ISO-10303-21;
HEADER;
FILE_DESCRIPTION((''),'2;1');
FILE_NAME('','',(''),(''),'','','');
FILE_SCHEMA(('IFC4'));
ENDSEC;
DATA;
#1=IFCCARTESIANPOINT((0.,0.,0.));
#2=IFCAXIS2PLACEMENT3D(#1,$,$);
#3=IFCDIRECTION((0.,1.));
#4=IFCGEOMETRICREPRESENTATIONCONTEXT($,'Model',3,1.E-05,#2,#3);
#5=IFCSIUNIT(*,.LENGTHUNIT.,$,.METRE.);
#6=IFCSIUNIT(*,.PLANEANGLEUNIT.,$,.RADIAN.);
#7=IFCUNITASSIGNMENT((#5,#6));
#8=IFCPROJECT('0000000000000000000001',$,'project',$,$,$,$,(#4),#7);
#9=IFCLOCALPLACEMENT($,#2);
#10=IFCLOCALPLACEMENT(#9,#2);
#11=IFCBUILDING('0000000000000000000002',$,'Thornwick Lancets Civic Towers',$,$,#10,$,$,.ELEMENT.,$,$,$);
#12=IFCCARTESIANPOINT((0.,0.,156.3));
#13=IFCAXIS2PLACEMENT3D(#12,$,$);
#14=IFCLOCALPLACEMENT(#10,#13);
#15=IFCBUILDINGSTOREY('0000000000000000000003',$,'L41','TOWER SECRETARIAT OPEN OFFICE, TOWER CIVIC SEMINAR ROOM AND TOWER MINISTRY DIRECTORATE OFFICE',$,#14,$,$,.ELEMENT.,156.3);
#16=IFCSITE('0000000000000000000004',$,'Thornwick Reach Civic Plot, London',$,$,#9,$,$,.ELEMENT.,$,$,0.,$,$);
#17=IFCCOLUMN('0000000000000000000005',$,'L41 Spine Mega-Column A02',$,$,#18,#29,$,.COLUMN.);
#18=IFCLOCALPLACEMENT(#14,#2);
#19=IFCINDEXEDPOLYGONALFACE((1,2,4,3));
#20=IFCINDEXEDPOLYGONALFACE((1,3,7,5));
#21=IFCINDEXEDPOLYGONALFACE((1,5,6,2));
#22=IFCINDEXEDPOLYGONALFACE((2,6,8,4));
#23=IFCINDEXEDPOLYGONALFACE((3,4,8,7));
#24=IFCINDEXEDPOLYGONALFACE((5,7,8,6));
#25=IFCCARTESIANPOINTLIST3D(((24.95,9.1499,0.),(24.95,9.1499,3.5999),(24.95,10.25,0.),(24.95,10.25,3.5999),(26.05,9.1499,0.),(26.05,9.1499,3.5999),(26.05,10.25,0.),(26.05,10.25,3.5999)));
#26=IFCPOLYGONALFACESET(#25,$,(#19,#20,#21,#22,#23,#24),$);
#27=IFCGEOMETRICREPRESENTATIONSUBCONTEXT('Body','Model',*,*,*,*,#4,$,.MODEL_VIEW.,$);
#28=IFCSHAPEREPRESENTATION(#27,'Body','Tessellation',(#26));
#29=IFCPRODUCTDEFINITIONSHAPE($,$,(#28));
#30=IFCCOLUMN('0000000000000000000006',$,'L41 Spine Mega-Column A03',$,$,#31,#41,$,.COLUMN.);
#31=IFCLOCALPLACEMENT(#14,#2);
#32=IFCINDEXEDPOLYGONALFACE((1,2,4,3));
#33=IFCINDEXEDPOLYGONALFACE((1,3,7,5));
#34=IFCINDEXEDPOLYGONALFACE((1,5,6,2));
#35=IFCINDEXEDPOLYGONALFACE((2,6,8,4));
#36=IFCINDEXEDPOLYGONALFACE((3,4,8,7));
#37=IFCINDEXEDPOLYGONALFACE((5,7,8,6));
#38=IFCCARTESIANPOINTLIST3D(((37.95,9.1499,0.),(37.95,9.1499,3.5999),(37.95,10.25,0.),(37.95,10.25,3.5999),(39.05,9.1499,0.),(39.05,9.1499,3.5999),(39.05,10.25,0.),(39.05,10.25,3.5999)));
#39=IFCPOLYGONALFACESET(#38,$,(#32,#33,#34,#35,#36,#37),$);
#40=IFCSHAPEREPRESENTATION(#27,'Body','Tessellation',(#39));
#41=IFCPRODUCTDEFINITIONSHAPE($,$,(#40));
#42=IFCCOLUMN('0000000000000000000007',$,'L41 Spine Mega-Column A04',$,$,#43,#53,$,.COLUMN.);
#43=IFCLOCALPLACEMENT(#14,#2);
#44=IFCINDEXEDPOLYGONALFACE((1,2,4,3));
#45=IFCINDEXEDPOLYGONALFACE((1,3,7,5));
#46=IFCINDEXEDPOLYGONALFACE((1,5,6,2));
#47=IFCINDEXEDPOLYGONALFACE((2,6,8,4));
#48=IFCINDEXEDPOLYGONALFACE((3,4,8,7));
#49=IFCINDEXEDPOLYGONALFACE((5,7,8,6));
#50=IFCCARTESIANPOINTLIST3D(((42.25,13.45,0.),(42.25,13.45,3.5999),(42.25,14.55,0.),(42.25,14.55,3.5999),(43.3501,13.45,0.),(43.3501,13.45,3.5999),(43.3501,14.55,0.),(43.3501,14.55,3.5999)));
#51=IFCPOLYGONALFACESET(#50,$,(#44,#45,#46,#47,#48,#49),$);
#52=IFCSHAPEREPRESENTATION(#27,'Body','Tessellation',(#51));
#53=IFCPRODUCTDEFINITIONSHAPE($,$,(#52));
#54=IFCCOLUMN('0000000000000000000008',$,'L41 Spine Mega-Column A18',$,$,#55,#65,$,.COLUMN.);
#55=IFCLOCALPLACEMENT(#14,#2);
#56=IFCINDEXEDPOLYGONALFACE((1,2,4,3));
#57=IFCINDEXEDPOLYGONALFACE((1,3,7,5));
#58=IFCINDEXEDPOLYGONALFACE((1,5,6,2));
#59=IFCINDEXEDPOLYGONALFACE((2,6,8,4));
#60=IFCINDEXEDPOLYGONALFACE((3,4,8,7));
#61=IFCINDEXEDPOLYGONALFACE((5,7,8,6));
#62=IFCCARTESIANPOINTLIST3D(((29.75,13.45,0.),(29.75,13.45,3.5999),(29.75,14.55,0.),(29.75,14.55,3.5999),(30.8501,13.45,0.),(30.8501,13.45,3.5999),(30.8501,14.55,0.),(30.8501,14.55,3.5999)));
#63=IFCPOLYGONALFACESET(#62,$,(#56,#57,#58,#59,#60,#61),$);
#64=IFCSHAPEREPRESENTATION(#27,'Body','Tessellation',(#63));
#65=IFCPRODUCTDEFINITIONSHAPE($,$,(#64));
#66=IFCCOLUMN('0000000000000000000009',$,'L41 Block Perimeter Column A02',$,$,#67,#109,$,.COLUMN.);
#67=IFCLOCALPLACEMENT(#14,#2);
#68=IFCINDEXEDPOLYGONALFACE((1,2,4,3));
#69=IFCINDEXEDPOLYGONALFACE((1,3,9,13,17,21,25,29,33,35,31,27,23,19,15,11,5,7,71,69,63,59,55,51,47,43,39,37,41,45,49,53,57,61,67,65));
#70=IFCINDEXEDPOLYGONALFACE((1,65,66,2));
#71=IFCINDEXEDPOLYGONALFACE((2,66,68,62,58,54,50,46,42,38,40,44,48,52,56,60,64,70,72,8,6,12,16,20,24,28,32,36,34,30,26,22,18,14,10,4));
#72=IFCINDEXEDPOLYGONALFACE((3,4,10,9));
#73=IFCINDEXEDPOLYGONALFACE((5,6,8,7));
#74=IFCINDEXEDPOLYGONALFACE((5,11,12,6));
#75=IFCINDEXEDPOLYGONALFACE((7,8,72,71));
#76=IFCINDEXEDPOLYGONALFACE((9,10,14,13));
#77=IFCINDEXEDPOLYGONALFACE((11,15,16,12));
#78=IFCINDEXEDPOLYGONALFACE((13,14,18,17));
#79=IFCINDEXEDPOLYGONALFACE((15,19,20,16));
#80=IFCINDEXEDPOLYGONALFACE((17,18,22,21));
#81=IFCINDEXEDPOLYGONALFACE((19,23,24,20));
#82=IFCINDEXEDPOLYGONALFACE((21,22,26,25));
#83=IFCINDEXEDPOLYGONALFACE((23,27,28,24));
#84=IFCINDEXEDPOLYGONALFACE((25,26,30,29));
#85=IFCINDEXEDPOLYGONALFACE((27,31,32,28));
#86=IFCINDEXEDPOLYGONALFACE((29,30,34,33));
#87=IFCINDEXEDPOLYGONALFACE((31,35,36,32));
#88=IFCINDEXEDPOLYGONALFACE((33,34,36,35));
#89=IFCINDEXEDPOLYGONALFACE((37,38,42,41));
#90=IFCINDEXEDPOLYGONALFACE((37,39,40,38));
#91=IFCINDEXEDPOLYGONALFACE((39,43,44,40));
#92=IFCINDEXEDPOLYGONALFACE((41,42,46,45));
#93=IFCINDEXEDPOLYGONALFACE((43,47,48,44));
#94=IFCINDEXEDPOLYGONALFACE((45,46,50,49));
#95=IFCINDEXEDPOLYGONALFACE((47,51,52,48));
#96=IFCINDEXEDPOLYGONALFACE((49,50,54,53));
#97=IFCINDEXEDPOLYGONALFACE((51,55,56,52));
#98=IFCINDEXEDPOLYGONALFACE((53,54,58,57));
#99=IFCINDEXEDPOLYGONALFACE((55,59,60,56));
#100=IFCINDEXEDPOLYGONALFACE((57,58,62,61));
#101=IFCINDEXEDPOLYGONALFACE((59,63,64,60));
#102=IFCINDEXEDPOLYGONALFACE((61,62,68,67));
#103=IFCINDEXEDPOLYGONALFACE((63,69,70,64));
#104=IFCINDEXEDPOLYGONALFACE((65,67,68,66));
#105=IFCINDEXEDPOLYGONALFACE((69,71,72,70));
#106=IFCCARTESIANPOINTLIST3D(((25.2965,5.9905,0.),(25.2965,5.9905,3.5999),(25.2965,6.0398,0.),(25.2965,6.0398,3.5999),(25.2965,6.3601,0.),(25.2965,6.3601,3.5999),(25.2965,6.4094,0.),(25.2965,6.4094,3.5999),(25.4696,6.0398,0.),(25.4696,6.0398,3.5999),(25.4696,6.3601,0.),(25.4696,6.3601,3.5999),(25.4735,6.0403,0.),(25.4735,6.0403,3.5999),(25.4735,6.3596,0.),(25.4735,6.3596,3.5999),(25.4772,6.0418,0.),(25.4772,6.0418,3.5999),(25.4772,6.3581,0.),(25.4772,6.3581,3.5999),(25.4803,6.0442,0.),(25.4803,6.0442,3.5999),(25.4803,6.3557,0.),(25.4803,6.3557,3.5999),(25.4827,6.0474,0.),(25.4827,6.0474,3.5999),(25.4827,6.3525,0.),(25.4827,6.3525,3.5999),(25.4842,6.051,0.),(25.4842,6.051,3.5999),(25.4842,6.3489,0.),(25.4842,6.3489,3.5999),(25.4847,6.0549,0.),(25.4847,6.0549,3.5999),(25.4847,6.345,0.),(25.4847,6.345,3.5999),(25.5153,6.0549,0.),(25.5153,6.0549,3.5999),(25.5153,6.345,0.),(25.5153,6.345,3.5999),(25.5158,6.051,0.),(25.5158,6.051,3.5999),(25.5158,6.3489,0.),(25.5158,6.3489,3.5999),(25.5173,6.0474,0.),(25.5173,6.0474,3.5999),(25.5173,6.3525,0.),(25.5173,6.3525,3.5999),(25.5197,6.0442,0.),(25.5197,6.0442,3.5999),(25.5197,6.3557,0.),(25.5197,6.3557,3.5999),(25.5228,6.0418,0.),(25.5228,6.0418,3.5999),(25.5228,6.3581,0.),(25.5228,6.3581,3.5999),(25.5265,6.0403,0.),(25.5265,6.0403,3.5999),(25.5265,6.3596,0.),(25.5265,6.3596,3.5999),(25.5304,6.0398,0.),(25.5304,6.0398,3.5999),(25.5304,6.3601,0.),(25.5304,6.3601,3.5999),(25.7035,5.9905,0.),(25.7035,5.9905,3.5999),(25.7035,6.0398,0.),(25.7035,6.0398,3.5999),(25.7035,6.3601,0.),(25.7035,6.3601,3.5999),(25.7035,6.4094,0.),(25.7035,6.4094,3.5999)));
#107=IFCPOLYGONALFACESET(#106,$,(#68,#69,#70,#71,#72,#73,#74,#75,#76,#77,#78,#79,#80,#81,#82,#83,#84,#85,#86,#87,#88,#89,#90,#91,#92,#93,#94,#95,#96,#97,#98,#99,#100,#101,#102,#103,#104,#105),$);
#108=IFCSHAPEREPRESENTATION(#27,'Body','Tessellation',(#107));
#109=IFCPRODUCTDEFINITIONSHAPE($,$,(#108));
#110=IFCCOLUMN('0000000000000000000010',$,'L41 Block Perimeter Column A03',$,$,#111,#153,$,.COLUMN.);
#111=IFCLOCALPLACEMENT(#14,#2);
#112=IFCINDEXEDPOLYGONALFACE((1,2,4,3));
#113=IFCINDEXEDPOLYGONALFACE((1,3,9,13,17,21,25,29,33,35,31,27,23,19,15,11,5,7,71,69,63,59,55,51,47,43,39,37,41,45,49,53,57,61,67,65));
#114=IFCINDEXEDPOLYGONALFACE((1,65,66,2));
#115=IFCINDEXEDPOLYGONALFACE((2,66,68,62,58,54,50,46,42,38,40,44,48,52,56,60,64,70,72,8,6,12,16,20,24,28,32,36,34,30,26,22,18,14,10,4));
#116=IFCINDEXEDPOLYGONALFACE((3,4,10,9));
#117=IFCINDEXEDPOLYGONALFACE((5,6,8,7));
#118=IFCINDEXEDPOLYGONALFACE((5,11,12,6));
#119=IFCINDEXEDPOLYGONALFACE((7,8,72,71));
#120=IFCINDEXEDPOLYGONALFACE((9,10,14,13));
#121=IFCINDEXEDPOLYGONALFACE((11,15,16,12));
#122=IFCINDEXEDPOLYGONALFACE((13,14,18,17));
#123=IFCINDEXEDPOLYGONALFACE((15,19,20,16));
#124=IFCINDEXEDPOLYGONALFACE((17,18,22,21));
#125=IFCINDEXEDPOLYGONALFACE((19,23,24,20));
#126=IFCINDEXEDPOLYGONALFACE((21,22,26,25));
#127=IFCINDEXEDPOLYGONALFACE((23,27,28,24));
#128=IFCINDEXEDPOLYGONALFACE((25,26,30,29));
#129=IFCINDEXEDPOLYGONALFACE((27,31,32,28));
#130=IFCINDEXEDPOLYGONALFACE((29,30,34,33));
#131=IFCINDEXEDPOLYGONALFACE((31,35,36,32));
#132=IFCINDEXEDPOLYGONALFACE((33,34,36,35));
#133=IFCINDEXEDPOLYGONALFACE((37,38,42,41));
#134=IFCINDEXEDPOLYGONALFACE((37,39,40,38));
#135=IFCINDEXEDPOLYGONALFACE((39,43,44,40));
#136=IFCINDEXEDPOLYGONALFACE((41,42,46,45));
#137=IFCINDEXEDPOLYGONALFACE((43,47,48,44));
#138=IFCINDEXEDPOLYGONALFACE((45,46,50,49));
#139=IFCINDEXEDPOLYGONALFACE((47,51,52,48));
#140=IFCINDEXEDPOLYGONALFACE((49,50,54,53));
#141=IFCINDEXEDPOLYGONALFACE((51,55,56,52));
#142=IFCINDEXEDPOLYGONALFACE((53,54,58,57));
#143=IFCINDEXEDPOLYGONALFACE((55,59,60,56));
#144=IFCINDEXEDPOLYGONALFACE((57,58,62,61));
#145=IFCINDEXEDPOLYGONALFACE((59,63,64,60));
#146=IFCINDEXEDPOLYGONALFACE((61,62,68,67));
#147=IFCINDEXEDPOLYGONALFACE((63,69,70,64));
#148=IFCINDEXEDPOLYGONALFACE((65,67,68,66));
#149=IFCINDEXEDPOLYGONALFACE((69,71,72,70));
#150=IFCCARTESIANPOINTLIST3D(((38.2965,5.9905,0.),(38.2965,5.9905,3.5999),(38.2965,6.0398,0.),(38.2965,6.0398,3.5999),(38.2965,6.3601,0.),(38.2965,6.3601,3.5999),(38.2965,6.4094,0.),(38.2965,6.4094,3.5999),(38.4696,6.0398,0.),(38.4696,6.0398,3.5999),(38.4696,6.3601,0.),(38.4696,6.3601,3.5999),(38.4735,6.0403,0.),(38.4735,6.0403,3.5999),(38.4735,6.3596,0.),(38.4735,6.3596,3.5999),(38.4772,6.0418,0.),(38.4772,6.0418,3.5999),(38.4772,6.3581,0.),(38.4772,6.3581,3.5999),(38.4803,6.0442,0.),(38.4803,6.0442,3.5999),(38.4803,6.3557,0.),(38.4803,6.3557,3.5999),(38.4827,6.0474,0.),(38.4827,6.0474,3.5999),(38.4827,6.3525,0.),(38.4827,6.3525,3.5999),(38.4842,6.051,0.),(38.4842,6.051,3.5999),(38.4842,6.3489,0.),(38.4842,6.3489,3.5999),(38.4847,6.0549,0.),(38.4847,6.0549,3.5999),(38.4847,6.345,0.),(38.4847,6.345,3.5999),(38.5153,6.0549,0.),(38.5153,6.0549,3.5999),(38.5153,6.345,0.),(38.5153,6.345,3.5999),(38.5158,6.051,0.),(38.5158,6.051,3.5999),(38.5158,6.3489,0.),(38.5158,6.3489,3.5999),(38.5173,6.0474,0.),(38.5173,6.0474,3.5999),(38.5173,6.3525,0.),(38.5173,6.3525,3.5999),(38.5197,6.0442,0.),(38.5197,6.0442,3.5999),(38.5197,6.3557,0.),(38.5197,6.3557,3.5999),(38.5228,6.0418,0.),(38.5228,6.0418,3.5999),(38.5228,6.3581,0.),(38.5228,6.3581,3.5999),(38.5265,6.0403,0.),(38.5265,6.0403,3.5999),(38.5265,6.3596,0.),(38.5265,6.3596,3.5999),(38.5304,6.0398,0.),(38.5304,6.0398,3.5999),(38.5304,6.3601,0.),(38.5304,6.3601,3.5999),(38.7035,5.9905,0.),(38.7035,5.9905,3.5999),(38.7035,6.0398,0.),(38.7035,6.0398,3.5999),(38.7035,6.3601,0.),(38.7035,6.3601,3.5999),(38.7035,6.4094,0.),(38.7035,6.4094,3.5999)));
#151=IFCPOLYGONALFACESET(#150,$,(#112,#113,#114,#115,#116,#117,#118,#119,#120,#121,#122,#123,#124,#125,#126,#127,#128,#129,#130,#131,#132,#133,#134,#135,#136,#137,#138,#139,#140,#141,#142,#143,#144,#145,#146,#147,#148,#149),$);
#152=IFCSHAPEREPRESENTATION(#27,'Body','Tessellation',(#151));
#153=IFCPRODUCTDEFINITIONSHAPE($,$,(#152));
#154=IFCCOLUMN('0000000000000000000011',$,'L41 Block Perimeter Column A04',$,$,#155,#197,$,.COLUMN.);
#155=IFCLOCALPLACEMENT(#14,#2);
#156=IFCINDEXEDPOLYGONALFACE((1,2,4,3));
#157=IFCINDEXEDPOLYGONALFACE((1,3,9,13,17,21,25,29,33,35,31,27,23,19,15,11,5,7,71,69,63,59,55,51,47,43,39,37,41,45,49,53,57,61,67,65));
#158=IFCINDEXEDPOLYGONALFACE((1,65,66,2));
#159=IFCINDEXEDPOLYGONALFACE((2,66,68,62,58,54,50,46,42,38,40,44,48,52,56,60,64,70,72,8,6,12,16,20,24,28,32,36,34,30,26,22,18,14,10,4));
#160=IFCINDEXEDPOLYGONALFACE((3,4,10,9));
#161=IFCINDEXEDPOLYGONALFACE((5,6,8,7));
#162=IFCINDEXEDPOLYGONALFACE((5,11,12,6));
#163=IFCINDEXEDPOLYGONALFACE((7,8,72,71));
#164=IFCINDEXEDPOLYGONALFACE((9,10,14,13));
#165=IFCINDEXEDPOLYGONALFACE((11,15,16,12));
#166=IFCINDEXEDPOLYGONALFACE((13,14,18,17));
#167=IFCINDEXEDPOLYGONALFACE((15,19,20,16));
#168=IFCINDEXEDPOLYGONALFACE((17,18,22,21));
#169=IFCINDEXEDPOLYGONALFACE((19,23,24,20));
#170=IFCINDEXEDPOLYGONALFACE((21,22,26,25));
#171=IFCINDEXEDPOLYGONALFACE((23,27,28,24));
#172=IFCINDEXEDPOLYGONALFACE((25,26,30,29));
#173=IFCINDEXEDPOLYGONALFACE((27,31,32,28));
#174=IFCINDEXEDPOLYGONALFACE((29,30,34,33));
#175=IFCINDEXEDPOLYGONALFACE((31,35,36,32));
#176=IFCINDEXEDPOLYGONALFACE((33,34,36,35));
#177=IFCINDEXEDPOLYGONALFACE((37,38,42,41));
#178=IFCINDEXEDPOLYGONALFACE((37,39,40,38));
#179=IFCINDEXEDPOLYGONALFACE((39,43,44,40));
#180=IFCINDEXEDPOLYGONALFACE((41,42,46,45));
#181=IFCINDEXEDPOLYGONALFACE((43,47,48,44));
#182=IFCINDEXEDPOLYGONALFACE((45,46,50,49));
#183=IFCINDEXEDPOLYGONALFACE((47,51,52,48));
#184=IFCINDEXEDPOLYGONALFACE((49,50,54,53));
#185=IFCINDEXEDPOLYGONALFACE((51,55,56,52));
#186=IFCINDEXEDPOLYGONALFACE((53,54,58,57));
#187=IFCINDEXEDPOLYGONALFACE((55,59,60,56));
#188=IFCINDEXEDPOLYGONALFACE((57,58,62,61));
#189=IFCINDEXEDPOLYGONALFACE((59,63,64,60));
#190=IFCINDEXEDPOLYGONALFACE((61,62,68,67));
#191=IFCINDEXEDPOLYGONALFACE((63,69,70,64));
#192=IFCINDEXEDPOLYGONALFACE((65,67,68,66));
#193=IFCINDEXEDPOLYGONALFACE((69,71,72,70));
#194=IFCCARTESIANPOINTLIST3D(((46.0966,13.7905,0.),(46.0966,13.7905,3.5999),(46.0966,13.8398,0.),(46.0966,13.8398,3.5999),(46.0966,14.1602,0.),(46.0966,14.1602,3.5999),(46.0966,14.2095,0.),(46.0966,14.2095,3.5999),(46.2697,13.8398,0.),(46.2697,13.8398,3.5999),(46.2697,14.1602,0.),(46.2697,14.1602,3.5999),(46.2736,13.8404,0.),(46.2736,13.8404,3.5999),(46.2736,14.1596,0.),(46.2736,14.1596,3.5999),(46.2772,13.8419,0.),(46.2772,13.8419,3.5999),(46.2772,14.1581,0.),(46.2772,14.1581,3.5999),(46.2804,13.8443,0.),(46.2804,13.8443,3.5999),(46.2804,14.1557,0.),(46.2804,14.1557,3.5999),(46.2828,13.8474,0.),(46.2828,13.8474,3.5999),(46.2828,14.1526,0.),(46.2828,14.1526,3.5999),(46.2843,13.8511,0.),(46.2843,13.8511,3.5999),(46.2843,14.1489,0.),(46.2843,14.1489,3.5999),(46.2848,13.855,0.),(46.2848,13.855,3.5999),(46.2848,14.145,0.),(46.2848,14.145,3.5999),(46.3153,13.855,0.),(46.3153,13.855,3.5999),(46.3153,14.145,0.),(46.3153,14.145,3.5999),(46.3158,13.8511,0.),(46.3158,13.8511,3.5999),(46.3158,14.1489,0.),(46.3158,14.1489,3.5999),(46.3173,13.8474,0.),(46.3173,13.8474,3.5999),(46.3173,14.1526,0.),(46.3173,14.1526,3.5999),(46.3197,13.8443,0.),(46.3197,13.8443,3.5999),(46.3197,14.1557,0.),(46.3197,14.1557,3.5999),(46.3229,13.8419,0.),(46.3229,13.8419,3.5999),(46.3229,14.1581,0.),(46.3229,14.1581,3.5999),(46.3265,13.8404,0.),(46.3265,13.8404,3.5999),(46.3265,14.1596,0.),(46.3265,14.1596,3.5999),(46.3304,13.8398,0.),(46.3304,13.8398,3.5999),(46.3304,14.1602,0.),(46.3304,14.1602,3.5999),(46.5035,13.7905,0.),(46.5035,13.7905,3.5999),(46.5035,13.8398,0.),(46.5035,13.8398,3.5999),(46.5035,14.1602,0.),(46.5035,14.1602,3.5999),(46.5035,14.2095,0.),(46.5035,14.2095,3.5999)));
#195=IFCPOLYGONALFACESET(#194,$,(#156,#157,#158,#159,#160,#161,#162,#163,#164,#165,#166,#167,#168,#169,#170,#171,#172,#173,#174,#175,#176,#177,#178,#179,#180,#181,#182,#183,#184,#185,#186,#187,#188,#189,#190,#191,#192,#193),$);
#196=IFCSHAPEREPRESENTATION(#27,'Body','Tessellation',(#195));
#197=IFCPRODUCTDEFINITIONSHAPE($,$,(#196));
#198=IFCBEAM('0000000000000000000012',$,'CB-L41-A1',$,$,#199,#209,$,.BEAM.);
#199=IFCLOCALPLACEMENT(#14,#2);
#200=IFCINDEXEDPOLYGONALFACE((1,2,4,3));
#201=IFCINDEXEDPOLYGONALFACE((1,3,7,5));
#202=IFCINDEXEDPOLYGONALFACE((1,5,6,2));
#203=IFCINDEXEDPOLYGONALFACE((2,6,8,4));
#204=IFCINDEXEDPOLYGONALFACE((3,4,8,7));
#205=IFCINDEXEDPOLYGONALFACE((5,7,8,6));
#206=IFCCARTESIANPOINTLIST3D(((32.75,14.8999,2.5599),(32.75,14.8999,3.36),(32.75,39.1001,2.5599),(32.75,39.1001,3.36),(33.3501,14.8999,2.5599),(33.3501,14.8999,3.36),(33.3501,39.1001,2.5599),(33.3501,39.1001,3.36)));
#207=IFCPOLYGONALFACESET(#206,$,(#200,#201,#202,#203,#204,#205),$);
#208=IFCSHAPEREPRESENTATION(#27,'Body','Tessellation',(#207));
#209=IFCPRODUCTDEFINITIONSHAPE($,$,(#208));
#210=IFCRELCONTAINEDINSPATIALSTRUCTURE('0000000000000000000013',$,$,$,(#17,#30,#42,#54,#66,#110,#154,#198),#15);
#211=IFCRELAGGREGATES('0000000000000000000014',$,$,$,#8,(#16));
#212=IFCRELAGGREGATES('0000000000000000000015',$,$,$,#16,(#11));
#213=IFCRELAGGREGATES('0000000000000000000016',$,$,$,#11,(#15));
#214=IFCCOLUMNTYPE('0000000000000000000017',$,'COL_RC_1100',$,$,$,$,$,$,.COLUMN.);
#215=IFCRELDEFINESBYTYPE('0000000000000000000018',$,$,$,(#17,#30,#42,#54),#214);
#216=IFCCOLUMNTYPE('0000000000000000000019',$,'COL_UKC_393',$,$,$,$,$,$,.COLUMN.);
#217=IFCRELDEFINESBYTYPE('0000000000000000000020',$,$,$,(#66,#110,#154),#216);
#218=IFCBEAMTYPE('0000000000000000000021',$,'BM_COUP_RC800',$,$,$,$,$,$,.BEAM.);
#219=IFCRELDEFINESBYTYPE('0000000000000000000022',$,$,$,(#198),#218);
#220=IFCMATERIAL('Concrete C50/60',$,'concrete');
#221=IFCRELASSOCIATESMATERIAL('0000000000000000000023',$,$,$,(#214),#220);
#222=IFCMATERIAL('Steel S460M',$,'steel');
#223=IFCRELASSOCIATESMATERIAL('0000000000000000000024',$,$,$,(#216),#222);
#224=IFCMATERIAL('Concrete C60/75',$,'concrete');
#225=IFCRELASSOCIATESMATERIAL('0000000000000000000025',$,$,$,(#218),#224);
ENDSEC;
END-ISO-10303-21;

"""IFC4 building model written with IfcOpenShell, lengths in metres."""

from ifc_helpers import new_model, si_unit, direction, frame, origin, origin_2d, place, context, subcontext, project, spatial, rectangle, i_section, extrude, material, material_profile, profile_set, type_object, element, save


model = new_model("IFC4")

# Units and contexts
model_context = context("Model", 3, precision=1e-05, world=origin(), true_north=direction((0.0, 1.0)))
body_context = subcontext(model_context, "Body", "Model", "MODEL_VIEW")
ifc_project = project(units=[si_unit("LENGTHUNIT", "METRE"), si_unit("PLANEANGLEUNIT", "RADIAN")], contexts=[model_context])

# Site, building, storey
site_placement = place(None, origin())
site = spatial("IfcSite", under=ifc_project, at=site_placement, Name="Thornwick Reach Civic Plot, London", CompositionType="ELEMENT", RefElevation=0.0)
building_placement = place(site_placement, origin())
building = spatial("IfcBuilding", under=site, at=building_placement, Name="Thornwick Lancets Civic Towers", CompositionType="ELEMENT")
storey_placement = place(building_placement, frame((0.0, 0.0, 156.3)))
storey = spatial("IfcBuildingStorey", under=building, at=storey_placement, Name="L41", Description="TOWER SECRETARIAT OPEN OFFICE, TOWER CIVIC SEMINAR ROOM AND TOWER MINISTRY DIRECTORATE OFFICE", CompositionType="ELEMENT", Elevation=156.3)

# Columns
ifc_material_1 = material(Name="Concrete C50/60", Category="concrete")
ifc_material_profile_1 = material_profile(ifc_material_1, rectangle(XDim=1.1001, YDim=1.1001, at=origin_2d()), Name="RC 1100x1100")
ifc_profile_set_1 = profile_set([ifc_material_profile_1], Name="Concrete C50/60")
column_type_1 = type_object("IfcColumnType", Name="COL_RC_1100", PredefinedType="COLUMN", material=ifc_profile_set_1)
for number, where, z_axis, x_axis, name in (
    (1, (25.5, 9.7, 0.0), (0.0, 0.0, 1.0), (1.0, 0.0, 0.0), "L41 Spine Mega-Column A02"),
    (2, (38.5, 9.7, 0.0), (0.0, 0.0, 1.0), (1.0, 0.0, 0.0), "L41 Spine Mega-Column A03"),
    (3, (42.8, 14.0, 0.0), (0.0, 0.0, 1.0), (1.0, 0.0, 0.0), "L41 Spine Mega-Column A04"),
    (4, (30.3, 14.0, 0.0), (0.0, 0.0, 1.0), (1.0, 0.0, 0.0), "L41 Spine Mega-Column A18"),
):
    element("IfcColumn", number, at=place(storey_placement, frame(where, z_axis=z_axis, x_axis=x_axis)), inside=storey, type_object=column_type_1, Name=name, PredefinedType="COLUMN", context=body_context, shape_type="SweptSolid", body=[
        extrude(rectangle(XDim=1.1001, YDim=1.1001, at=origin_2d()), origin(), (0.0, 0.0, 1.0), 3.5999),
    ])
ifc_material_2 = material(Name="Steel S460M", Category="steel")
ifc_material_profile_2 = material_profile(ifc_material_2, i_section(OverallWidth=0.407, OverallDepth=0.4189, WebThickness=0.0305, FlangeThickness=0.0493, FilletRadius=0.0151, at=origin_2d()), Name="UKC 356x406x393")
ifc_profile_set_2 = profile_set([ifc_material_profile_2], Name="Steel S460M")
column_type_2 = type_object("IfcColumnType", Name="COL_UKC_393", PredefinedType="COLUMN", material=ifc_profile_set_2)
for number, where, z_axis, x_axis, name in (
    (5, (25.5, 6.2, 0.0), (0.0, 0.0, 1.0), (1.0, 0.0, 0.0), "L41 Block Perimeter Column A02"),
    (6, (38.5, 6.2, 0.0), (0.0, 0.0, 1.0), (1.0, 0.0, 0.0), "L41 Block Perimeter Column A03"),
    (7, (46.3, 14.0, 0.0), (0.0, 0.0, 1.0), (1.0, 0.0, 0.0), "L41 Block Perimeter Column A04"),
):
    element("IfcColumn", number, at=place(storey_placement, frame(where, z_axis=z_axis, x_axis=x_axis)), inside=storey, type_object=column_type_2, Name=name, PredefinedType="COLUMN", context=body_context, shape_type="SweptSolid", body=[
        extrude(i_section(OverallWidth=0.407, OverallDepth=0.4189, WebThickness=0.0305, FlangeThickness=0.0493, FilletRadius=0.0151, at=origin_2d()), origin(), (0.0, 0.0, 1.0), 3.5999),
    ])

# Beam
ifc_material_3 = material(Name="Concrete C60/75", Category="concrete")
ifc_material_profile_3 = material_profile(ifc_material_3, rectangle(XDim=0.6001, YDim=0.8, at=origin_2d()), Name="RC 600x800")
ifc_profile_set_3 = profile_set([ifc_material_profile_3], Name="Concrete C60/75")
beam_type_1 = type_object("IfcBeamType", Name="BM_COUP_RC800", PredefinedType="BEAM", material=ifc_profile_set_3)
beam_1_placement = place(storey_placement, frame((33.05, 14.8999, 2.96), z_axis=(0.0, 1.0, 0.0), x_axis=(-1.0, 0.0, 0.0)))
element("IfcBeam", 8, at=beam_1_placement, inside=storey, type_object=beam_type_1, Name="CB-L41-A1", PredefinedType="BEAM", context=body_context, shape_type="SweptSolid", body=[
    extrude(rectangle(XDim=0.6001, YDim=0.8, at=origin_2d()), origin(), (0.0, 0.0, 1.0), 24.2002),
])

save(model, "model.ifc")
